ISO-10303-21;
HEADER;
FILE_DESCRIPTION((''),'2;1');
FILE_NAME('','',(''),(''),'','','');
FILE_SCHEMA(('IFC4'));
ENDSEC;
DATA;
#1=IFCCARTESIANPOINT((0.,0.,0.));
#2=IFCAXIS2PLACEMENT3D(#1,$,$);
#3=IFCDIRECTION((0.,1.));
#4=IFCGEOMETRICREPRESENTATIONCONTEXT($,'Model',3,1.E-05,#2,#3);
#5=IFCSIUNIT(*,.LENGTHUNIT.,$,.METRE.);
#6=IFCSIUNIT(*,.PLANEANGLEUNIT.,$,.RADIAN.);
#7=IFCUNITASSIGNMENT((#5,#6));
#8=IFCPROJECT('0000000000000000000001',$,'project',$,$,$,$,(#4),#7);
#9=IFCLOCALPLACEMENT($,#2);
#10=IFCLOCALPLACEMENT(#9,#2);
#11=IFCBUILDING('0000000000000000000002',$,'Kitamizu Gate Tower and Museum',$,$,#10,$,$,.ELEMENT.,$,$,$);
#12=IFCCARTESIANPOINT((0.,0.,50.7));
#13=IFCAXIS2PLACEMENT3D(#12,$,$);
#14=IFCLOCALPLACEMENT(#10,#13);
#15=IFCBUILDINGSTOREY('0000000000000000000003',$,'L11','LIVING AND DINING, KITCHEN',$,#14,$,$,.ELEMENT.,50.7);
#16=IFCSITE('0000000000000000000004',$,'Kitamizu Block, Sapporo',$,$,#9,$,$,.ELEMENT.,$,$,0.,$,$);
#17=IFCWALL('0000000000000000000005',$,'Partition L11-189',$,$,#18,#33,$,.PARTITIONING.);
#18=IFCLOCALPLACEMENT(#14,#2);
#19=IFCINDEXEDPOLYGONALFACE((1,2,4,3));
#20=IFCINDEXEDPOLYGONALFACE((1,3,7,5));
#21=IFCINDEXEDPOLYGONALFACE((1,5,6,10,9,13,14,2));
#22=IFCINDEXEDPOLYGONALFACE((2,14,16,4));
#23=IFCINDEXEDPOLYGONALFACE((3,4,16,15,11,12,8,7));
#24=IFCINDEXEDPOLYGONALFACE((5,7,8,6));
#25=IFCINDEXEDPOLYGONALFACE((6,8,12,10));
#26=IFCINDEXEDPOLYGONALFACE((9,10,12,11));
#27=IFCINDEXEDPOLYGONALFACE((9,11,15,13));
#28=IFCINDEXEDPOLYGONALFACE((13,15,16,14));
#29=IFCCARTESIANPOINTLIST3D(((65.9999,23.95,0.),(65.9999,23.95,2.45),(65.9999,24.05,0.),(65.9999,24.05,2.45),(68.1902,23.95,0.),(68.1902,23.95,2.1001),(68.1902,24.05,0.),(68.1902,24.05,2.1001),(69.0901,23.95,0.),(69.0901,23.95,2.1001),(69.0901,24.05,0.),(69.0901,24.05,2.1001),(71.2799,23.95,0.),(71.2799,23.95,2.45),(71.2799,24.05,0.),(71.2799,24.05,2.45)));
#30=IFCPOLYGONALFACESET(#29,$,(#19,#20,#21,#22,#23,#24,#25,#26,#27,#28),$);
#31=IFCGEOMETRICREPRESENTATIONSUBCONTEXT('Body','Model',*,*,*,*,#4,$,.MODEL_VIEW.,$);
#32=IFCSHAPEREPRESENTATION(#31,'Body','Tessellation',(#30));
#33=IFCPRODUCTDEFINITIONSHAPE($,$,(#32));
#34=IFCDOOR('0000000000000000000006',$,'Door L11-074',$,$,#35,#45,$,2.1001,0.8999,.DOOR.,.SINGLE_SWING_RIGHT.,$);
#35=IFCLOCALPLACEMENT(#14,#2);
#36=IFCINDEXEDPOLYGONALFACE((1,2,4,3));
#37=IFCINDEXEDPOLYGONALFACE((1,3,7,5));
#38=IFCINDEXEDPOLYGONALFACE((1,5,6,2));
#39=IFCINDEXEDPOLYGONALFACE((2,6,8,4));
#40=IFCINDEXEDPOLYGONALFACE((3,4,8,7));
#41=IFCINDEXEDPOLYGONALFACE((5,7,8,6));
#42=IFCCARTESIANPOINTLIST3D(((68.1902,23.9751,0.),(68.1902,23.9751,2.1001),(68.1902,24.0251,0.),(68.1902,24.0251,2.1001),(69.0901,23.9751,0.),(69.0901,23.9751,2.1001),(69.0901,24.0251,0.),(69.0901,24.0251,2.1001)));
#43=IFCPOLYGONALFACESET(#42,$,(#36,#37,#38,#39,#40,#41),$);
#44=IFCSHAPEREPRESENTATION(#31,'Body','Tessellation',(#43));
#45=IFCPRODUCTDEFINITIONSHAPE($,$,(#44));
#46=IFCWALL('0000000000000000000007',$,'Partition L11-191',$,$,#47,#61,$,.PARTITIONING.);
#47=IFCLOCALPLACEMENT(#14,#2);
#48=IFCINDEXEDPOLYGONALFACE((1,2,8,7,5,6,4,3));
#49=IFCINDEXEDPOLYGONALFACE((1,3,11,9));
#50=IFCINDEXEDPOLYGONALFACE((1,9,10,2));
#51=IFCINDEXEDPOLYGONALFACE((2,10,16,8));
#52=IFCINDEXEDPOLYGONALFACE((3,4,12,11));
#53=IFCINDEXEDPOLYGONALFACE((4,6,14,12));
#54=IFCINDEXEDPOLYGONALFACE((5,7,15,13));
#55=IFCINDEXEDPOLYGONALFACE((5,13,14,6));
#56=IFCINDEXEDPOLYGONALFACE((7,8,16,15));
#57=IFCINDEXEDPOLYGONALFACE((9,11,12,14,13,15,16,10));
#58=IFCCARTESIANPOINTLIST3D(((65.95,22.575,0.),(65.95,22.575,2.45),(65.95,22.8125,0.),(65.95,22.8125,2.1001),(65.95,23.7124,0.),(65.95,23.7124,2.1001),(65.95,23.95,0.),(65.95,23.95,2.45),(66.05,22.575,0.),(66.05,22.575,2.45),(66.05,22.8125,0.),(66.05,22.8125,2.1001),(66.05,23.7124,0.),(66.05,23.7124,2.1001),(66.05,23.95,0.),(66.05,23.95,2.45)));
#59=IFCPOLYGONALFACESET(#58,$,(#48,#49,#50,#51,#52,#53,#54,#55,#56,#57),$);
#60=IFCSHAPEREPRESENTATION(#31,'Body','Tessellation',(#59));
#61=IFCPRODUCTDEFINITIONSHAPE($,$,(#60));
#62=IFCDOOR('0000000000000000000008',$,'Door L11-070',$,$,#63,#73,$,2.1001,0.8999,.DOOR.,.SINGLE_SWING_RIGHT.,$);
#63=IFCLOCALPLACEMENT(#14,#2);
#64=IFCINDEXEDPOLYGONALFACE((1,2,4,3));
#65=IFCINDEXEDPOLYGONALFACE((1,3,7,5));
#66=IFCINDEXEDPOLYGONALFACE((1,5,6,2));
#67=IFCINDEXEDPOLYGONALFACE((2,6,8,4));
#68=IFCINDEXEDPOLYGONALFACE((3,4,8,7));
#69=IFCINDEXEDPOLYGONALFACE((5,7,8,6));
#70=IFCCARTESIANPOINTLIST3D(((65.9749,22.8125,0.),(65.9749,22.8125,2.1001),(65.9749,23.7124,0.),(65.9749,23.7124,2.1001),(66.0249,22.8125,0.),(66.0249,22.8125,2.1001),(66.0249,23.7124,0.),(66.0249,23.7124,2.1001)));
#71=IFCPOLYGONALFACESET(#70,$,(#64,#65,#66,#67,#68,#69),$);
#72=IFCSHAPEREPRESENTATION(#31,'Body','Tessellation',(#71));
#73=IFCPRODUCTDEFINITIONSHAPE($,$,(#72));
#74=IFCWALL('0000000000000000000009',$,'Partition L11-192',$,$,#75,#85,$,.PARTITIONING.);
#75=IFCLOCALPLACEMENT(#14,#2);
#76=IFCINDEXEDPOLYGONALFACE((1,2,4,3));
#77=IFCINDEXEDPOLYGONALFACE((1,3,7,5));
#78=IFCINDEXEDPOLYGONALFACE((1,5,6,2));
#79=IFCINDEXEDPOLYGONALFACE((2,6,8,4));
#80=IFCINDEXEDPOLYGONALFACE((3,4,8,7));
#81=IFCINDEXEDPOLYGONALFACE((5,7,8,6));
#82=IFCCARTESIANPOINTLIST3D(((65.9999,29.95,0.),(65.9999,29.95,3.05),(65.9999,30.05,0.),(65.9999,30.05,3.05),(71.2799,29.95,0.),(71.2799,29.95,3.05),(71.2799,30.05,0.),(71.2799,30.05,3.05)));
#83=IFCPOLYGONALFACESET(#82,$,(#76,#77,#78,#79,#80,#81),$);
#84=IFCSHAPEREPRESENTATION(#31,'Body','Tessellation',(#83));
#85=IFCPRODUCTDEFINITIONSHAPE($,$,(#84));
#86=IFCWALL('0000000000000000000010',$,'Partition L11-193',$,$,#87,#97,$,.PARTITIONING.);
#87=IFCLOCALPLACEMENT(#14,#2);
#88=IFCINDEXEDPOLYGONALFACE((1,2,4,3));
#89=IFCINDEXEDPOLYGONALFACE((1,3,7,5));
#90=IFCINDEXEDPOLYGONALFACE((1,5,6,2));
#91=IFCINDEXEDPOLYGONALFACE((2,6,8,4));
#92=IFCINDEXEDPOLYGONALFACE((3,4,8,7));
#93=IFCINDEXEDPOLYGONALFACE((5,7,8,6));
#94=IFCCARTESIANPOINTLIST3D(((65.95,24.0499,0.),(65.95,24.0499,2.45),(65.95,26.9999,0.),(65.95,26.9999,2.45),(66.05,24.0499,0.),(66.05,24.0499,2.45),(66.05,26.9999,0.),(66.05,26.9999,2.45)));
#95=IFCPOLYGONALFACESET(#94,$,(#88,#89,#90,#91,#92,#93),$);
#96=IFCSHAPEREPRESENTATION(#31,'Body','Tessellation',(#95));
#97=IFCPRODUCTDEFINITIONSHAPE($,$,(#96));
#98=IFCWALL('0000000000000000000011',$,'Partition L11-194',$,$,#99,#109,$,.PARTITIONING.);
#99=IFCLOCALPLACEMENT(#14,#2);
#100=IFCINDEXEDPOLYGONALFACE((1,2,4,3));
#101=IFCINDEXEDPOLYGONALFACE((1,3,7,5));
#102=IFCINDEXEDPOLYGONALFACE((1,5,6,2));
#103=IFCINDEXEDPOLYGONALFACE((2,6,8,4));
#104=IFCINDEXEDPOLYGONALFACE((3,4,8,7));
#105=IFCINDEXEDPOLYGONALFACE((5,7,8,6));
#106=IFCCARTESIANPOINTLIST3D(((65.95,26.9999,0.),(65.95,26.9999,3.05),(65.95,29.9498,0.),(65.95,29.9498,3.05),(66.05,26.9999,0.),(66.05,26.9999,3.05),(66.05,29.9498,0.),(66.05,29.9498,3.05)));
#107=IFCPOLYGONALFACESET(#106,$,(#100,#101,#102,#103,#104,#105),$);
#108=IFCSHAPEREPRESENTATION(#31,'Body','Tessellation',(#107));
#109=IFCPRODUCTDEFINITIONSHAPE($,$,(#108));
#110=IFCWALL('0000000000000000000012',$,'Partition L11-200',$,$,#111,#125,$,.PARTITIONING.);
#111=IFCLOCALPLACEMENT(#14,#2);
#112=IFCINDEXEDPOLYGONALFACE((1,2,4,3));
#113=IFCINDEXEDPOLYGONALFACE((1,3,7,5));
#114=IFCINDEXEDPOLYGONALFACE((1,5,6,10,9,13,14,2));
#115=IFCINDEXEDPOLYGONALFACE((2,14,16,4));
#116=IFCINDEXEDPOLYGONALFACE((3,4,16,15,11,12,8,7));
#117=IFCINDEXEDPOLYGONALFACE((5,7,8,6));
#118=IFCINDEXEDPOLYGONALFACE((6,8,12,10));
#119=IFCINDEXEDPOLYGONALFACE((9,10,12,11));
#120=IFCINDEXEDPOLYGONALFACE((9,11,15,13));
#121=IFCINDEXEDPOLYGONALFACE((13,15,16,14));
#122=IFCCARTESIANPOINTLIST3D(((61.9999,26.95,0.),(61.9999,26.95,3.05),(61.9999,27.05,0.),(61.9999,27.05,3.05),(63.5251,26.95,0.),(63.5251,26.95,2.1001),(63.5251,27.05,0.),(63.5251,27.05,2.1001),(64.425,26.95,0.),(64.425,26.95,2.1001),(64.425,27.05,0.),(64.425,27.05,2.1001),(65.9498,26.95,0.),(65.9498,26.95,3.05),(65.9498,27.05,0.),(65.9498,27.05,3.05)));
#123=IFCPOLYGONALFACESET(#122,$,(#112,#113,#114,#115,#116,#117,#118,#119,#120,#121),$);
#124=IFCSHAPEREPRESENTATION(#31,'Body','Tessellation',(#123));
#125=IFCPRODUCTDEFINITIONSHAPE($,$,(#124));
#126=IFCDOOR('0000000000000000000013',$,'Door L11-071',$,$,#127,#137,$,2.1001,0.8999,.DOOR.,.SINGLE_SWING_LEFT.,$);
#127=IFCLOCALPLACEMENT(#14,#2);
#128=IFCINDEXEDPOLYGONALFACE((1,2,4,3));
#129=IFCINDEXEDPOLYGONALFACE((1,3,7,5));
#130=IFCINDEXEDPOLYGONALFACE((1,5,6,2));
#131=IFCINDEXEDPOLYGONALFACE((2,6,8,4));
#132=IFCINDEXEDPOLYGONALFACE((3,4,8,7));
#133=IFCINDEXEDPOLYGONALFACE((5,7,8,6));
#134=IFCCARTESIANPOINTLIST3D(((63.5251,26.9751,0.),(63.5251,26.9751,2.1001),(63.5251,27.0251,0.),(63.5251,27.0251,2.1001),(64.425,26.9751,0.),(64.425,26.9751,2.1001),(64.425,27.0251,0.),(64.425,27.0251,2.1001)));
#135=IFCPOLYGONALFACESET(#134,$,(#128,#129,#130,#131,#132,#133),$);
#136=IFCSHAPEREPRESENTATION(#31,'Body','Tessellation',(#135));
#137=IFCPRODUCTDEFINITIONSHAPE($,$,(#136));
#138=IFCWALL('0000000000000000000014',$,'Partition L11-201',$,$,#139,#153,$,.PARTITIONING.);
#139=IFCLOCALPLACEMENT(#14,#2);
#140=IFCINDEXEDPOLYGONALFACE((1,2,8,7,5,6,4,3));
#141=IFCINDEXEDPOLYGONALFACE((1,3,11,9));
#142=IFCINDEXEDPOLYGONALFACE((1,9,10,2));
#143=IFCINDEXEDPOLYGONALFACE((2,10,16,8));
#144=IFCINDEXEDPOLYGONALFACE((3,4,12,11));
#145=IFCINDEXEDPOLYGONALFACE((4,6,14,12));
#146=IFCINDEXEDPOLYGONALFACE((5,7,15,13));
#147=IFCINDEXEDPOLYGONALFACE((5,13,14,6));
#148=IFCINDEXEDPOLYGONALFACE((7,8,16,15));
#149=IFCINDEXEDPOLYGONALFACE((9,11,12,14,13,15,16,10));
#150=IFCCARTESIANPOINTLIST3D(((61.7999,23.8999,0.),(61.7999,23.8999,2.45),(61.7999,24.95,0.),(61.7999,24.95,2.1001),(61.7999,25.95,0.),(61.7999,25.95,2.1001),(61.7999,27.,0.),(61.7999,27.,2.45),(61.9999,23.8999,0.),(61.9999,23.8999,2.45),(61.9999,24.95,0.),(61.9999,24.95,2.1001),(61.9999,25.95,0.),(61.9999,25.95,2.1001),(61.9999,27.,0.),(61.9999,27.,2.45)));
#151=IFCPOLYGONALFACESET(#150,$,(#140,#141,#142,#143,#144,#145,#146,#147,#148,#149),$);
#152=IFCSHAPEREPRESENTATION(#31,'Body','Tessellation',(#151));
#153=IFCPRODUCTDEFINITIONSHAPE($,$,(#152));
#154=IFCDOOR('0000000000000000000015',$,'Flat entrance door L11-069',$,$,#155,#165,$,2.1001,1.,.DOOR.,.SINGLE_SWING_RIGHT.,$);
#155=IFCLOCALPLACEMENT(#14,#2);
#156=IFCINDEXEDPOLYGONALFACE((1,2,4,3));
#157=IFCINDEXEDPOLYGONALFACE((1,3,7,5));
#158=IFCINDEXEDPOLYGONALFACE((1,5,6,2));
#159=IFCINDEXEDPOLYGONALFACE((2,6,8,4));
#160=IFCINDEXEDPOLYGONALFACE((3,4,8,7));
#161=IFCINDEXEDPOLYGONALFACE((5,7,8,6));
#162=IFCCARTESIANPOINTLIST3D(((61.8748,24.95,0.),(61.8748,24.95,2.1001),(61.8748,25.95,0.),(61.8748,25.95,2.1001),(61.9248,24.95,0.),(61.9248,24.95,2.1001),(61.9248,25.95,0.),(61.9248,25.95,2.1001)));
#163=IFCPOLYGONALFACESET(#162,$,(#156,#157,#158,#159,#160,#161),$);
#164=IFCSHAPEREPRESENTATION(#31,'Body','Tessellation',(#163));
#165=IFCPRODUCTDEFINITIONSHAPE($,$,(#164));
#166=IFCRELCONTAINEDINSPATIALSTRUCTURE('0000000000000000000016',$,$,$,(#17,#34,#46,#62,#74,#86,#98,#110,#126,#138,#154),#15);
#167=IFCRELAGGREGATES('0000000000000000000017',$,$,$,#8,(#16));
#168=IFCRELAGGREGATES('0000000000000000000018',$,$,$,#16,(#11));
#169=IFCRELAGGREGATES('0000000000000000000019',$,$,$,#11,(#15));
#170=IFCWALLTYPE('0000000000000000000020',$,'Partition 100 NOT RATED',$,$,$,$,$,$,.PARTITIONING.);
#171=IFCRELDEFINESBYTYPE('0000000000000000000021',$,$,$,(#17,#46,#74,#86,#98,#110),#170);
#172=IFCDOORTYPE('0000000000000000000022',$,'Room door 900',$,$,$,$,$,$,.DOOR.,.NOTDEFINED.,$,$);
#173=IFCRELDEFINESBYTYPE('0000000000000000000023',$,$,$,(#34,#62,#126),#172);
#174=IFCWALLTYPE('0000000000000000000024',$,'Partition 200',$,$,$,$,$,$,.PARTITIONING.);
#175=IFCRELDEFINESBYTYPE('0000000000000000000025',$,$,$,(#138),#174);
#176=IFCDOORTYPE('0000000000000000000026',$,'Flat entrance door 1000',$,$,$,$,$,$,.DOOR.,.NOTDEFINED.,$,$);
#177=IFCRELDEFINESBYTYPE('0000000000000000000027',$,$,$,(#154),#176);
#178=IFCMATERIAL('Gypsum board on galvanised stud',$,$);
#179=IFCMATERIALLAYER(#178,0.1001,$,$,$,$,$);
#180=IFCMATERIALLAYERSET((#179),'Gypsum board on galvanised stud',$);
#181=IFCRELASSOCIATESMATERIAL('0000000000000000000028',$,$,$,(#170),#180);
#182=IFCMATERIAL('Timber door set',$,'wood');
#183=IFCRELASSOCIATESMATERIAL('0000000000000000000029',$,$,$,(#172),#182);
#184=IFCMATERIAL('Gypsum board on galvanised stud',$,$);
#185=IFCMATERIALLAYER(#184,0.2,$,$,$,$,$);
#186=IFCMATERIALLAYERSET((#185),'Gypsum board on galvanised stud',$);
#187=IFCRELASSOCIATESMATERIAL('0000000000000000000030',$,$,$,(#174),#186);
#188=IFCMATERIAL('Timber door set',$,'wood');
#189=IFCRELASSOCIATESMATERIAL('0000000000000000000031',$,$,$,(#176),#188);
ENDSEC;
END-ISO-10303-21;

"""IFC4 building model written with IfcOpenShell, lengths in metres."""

from ifc_helpers import new_model, si_unit, direction, frame, frame_2d, origin, place, context, subcontext, project, spatial, rectangle, extrude, material, layer, layer_set, type_object, element, fill, save


model = new_model("IFC4")

# Units and contexts
model_context = context("Model", 3, precision=1e-05, world=origin(), true_north=direction((0.0, 1.0)))
body_context = subcontext(model_context, "Body", "Model", "MODEL_VIEW")
ifc_project = project(units=[si_unit("LENGTHUNIT", "METRE"), si_unit("PLANEANGLEUNIT", "RADIAN")], contexts=[model_context])

# Site, building, storey
site_placement = place(None, origin())
site = spatial("IfcSite", under=ifc_project, at=site_placement, Name="Kitamizu Block, Sapporo", CompositionType="ELEMENT", RefElevation=0.0)
building_placement = place(site_placement, origin())
building = spatial("IfcBuilding", under=site, at=building_placement, Name="Kitamizu Gate Tower and Museum", CompositionType="ELEMENT")
storey_placement = place(building_placement, frame((0.0, 0.0, 50.7)))
storey = spatial("IfcBuildingStorey", under=building, at=storey_placement, Name="L11", Description="LIVING AND DINING, KITCHEN", CompositionType="ELEMENT", Elevation=50.7)

# Walls, openings, doors
ifc_material_1 = material(Name="Gypsum board on galvanised stud")
ifc_layer_1 = layer(ifc_material_1, 0.1001)
ifc_layer_set_1 = layer_set([ifc_layer_1], Name="Gypsum board on galvanised stud")
wall_type_1 = type_object("IfcWallType", Name="Partition 100 NOT RATED", PredefinedType="PARTITIONING", material=ifc_layer_set_1)
wall_1_placement = place(storey_placement, frame((71.28, 24.0, 0.0), z_axis=(0.0, 0.0, 1.0), x_axis=(-1.0, 0.0, 0.0)))
wall_1 = element("IfcWall", 1, at=wall_1_placement, inside=storey, type_object=wall_type_1, Name="Partition L11-189", PredefinedType="PARTITIONING", context=body_context, shape_type="SweptSolid", body=[
    extrude(rectangle(XDim=5.28, YDim=0.1001, at=frame_2d((2.6401, 0.0))), origin(), (0.0, 0.0, 1.0), 2.45),
])
opening_1_placement = place(wall_1_placement, frame((2.1899, 0.0, 0.0)))
opening_1 = element("IfcOpeningElement", 2, at=opening_1_placement, cuts=wall_1, PredefinedType="OPENING", context=body_context, shape_type="SweptSolid", body=[
    extrude(rectangle(XDim=0.8999, YDim=2.1001, at=frame_2d((0.45, 1.05))), frame((0.0, 0.0601, 0.0), z_axis=(0.0, -1.0, 0.0), x_axis=(1.0, 0.0, 0.0)), (0.0, 0.0, 1.0), 0.1201),
])
ifc_material_2 = material(Name="Timber door set", Category="wood")
door_type_1 = type_object("IfcDoorType", Name="Room door 900", OperationType="NOTDEFINED", PredefinedType="DOOR", material=ifc_material_2)
door_1_placement = place(opening_1_placement, origin())
door_1 = element("IfcDoor", 3, at=door_1_placement, inside=storey, type_object=door_type_1, Name="Door L11-074", OperationType="SINGLE_SWING_RIGHT", OverallHeight=2.1001, OverallWidth=0.8999, PredefinedType="DOOR", context=body_context, shape_type="SweptSolid", body=[
    extrude(rectangle(XDim=0.8999, YDim=2.1001, at=frame_2d((0.45, 1.05))), frame((0.0, 0.0249, 0.0), z_axis=(0.0, -1.0, 0.0), x_axis=(1.0, 0.0, 0.0)), (0.0, 0.0, 1.0), 0.05),
])
fill(opening_1, door_1)
wall_2_placement = place(storey_placement, frame((66.0, 23.95, 0.0), z_axis=(0.0, 0.0, 1.0), x_axis=(0.0, -1.0, 0.0)))
wall_2 = element("IfcWall", 4, at=wall_2_placement, inside=storey, type_object=wall_type_1, Name="Partition L11-191", PredefinedType="PARTITIONING", context=body_context, shape_type="SweptSolid", body=[
    extrude(rectangle(XDim=1.375, YDim=0.1001, at=frame_2d((0.6875, 0.0))), origin(), (0.0, 0.0, 1.0), 2.45),
])
opening_2_placement = place(wall_2_placement, frame((0.2375, 0.0, 0.0)))
opening_2 = element("IfcOpeningElement", 5, at=opening_2_placement, cuts=wall_2, PredefinedType="OPENING", context=body_context, shape_type="SweptSolid", body=[
    extrude(rectangle(XDim=0.8999, YDim=2.1001, at=frame_2d((0.45, 1.05))), frame((0.0, 0.0601, 0.0), z_axis=(0.0, -1.0, 0.0), x_axis=(1.0, 0.0, 0.0)), (0.0, 0.0, 1.0), 0.1201),
])
door_2_placement = place(opening_2_placement, origin())
door_2 = element("IfcDoor", 6, at=door_2_placement, inside=storey, type_object=door_type_1, Name="Door L11-070", OperationType="SINGLE_SWING_RIGHT", OverallHeight=2.1001, OverallWidth=0.8999, PredefinedType="DOOR", context=body_context, shape_type="SweptSolid", body=[
    extrude(rectangle(XDim=0.8999, YDim=2.1001, at=frame_2d((0.45, 1.05))), frame((0.0, 0.0249, 0.0), z_axis=(0.0, -1.0, 0.0), x_axis=(1.0, 0.0, 0.0)), (0.0, 0.0, 1.0), 0.05),
])
fill(opening_2, door_2)

# Walls
wall_3_placement = place(storey_placement, frame((71.28, 30.0, 0.0), z_axis=(0.0, 0.0, 1.0), x_axis=(-1.0, 0.0, 0.0)))
element("IfcWall", 7, at=wall_3_placement, inside=storey, type_object=wall_type_1, Name="Partition L11-192", PredefinedType="PARTITIONING", context=body_context, shape_type="SweptSolid", body=[
    extrude(rectangle(XDim=5.28, YDim=0.1001, at=frame_2d((2.6401, 0.0))), origin(), (0.0, 0.0, 1.0), 3.05),
])
wall_4_placement = place(storey_placement, frame((66.0, 27.0, 0.0), z_axis=(0.0, 0.0, 1.0), x_axis=(0.0, -1.0, 0.0)))
element("IfcWall", 8, at=wall_4_placement, inside=storey, type_object=wall_type_1, Name="Partition L11-193", PredefinedType="PARTITIONING", context=body_context, shape_type="SweptSolid", body=[
    extrude(rectangle(XDim=2.95, YDim=0.1001, at=frame_2d((1.4751, 0.0))), origin(), (0.0, 0.0, 1.0), 2.45),
])
wall_5_placement = place(storey_placement, frame((66.0, 29.95, 0.0), z_axis=(0.0, 0.0, 1.0), x_axis=(0.0, -1.0, 0.0)))
element("IfcWall", 9, at=wall_5_placement, inside=storey, type_object=wall_type_1, Name="Partition L11-194", PredefinedType="PARTITIONING", context=body_context, shape_type="SweptSolid", body=[
    extrude(rectangle(XDim=2.95, YDim=0.1001, at=frame_2d((1.4751, 0.0))), origin(), (0.0, 0.0, 1.0), 3.05),
])

# Walls, openings, doors
wall_6_placement = place(storey_placement, frame((65.95, 27.0, 0.0), z_axis=(0.0, 0.0, 1.0), x_axis=(-1.0, 0.0, 0.0)))
wall_6 = element("IfcWall", 10, at=wall_6_placement, inside=storey, type_object=wall_type_1, Name="Partition L11-200", PredefinedType="PARTITIONING", context=body_context, shape_type="SweptSolid", body=[
    extrude(rectangle(XDim=3.95, YDim=0.1001, at=frame_2d((1.9751, 0.0))), origin(), (0.0, 0.0, 1.0), 3.05),
])
opening_3_placement = place(wall_6_placement, frame((1.5249, 0.0, 0.0)))
opening_3 = element("IfcOpeningElement", 11, at=opening_3_placement, cuts=wall_6, PredefinedType="OPENING", context=body_context, shape_type="SweptSolid", body=[
    extrude(rectangle(XDim=0.8999, YDim=2.1001, at=frame_2d((0.45, 1.05))), frame((0.0, 0.0601, 0.0), z_axis=(0.0, -1.0, 0.0), x_axis=(1.0, 0.0, 0.0)), (0.0, 0.0, 1.0), 0.1201),
])
door_3_placement = place(opening_3_placement, origin())
door_3 = element("IfcDoor", 12, at=door_3_placement, inside=storey, type_object=door_type_1, Name="Door L11-071", OperationType="SINGLE_SWING_LEFT", OverallHeight=2.1001, OverallWidth=0.8999, PredefinedType="DOOR", context=body_context, shape_type="SweptSolid", body=[
    extrude(rectangle(XDim=0.8999, YDim=2.1001, at=frame_2d((0.45, 1.05))), frame((0.0, 0.0249, 0.0), z_axis=(0.0, -1.0, 0.0), x_axis=(1.0, 0.0, 0.0)), (0.0, 0.0, 1.0), 0.05),
])
fill(opening_3, door_3)
ifc_material_3 = material(Name="Gypsum board on galvanised stud")
ifc_layer_2 = layer(ifc_material_3, 0.2)
ifc_layer_set_2 = layer_set([ifc_layer_2], Name="Gypsum board on galvanised stud")
wall_type_2 = type_object("IfcWallType", Name="Partition 200", PredefinedType="PARTITIONING", material=ifc_layer_set_2)
wall_7_placement = place(storey_placement, frame((61.8999, 27.0, 0.0), z_axis=(0.0, 0.0, 1.0), x_axis=(0.0, -1.0, 0.0)))
wall_7 = element("IfcWall", 13, at=wall_7_placement, inside=storey, type_object=wall_type_2, Name="Partition L11-201", PredefinedType="PARTITIONING", context=body_context, shape_type="SweptSolid", body=[
    extrude(rectangle(XDim=3.1001, YDim=0.2, at=frame_2d((1.55, 0.0))), origin(), (0.0, 0.0, 1.0), 2.45),
])
opening_4_placement = place(wall_7_placement, frame((1.05, 0.0, 0.0)))
opening_4 = element("IfcOpeningElement", 14, at=opening_4_placement, cuts=wall_7, PredefinedType="OPENING", context=body_context, shape_type="SweptSolid", body=[
    extrude(rectangle(XDim=1.0, YDim=2.1001, at=frame_2d((0.5, 1.05))), frame((0.0, 0.1099, 0.0), z_axis=(0.0, -1.0, 0.0), x_axis=(1.0, 0.0, 0.0)), (0.0, 0.0, 1.0), 0.22),
])
ifc_material_4 = material(Name="Timber door set", Category="wood")
door_type_2 = type_object("IfcDoorType", Name="Flat entrance door 1000", OperationType="NOTDEFINED", PredefinedType="DOOR", material=ifc_material_4)
door_4_placement = place(opening_4_placement, origin())
door_4 = element("IfcDoor", 15, at=door_4_placement, inside=storey, type_object=door_type_2, Name="Flat entrance door L11-069", OperationType="SINGLE_SWING_RIGHT", OverallHeight=2.1001, OverallWidth=1.0, PredefinedType="DOOR", context=body_context, shape_type="SweptSolid", body=[
    extrude(rectangle(XDim=1.0, YDim=2.1001, at=frame_2d((0.5, 1.05))), frame((0.0, 0.0249, 0.0), z_axis=(0.0, -1.0, 0.0), x_axis=(1.0, 0.0, 0.0)), (0.0, 0.0, 1.0), 0.05),
])
fill(opening_4, door_4)

save(model, "model.ifc")
